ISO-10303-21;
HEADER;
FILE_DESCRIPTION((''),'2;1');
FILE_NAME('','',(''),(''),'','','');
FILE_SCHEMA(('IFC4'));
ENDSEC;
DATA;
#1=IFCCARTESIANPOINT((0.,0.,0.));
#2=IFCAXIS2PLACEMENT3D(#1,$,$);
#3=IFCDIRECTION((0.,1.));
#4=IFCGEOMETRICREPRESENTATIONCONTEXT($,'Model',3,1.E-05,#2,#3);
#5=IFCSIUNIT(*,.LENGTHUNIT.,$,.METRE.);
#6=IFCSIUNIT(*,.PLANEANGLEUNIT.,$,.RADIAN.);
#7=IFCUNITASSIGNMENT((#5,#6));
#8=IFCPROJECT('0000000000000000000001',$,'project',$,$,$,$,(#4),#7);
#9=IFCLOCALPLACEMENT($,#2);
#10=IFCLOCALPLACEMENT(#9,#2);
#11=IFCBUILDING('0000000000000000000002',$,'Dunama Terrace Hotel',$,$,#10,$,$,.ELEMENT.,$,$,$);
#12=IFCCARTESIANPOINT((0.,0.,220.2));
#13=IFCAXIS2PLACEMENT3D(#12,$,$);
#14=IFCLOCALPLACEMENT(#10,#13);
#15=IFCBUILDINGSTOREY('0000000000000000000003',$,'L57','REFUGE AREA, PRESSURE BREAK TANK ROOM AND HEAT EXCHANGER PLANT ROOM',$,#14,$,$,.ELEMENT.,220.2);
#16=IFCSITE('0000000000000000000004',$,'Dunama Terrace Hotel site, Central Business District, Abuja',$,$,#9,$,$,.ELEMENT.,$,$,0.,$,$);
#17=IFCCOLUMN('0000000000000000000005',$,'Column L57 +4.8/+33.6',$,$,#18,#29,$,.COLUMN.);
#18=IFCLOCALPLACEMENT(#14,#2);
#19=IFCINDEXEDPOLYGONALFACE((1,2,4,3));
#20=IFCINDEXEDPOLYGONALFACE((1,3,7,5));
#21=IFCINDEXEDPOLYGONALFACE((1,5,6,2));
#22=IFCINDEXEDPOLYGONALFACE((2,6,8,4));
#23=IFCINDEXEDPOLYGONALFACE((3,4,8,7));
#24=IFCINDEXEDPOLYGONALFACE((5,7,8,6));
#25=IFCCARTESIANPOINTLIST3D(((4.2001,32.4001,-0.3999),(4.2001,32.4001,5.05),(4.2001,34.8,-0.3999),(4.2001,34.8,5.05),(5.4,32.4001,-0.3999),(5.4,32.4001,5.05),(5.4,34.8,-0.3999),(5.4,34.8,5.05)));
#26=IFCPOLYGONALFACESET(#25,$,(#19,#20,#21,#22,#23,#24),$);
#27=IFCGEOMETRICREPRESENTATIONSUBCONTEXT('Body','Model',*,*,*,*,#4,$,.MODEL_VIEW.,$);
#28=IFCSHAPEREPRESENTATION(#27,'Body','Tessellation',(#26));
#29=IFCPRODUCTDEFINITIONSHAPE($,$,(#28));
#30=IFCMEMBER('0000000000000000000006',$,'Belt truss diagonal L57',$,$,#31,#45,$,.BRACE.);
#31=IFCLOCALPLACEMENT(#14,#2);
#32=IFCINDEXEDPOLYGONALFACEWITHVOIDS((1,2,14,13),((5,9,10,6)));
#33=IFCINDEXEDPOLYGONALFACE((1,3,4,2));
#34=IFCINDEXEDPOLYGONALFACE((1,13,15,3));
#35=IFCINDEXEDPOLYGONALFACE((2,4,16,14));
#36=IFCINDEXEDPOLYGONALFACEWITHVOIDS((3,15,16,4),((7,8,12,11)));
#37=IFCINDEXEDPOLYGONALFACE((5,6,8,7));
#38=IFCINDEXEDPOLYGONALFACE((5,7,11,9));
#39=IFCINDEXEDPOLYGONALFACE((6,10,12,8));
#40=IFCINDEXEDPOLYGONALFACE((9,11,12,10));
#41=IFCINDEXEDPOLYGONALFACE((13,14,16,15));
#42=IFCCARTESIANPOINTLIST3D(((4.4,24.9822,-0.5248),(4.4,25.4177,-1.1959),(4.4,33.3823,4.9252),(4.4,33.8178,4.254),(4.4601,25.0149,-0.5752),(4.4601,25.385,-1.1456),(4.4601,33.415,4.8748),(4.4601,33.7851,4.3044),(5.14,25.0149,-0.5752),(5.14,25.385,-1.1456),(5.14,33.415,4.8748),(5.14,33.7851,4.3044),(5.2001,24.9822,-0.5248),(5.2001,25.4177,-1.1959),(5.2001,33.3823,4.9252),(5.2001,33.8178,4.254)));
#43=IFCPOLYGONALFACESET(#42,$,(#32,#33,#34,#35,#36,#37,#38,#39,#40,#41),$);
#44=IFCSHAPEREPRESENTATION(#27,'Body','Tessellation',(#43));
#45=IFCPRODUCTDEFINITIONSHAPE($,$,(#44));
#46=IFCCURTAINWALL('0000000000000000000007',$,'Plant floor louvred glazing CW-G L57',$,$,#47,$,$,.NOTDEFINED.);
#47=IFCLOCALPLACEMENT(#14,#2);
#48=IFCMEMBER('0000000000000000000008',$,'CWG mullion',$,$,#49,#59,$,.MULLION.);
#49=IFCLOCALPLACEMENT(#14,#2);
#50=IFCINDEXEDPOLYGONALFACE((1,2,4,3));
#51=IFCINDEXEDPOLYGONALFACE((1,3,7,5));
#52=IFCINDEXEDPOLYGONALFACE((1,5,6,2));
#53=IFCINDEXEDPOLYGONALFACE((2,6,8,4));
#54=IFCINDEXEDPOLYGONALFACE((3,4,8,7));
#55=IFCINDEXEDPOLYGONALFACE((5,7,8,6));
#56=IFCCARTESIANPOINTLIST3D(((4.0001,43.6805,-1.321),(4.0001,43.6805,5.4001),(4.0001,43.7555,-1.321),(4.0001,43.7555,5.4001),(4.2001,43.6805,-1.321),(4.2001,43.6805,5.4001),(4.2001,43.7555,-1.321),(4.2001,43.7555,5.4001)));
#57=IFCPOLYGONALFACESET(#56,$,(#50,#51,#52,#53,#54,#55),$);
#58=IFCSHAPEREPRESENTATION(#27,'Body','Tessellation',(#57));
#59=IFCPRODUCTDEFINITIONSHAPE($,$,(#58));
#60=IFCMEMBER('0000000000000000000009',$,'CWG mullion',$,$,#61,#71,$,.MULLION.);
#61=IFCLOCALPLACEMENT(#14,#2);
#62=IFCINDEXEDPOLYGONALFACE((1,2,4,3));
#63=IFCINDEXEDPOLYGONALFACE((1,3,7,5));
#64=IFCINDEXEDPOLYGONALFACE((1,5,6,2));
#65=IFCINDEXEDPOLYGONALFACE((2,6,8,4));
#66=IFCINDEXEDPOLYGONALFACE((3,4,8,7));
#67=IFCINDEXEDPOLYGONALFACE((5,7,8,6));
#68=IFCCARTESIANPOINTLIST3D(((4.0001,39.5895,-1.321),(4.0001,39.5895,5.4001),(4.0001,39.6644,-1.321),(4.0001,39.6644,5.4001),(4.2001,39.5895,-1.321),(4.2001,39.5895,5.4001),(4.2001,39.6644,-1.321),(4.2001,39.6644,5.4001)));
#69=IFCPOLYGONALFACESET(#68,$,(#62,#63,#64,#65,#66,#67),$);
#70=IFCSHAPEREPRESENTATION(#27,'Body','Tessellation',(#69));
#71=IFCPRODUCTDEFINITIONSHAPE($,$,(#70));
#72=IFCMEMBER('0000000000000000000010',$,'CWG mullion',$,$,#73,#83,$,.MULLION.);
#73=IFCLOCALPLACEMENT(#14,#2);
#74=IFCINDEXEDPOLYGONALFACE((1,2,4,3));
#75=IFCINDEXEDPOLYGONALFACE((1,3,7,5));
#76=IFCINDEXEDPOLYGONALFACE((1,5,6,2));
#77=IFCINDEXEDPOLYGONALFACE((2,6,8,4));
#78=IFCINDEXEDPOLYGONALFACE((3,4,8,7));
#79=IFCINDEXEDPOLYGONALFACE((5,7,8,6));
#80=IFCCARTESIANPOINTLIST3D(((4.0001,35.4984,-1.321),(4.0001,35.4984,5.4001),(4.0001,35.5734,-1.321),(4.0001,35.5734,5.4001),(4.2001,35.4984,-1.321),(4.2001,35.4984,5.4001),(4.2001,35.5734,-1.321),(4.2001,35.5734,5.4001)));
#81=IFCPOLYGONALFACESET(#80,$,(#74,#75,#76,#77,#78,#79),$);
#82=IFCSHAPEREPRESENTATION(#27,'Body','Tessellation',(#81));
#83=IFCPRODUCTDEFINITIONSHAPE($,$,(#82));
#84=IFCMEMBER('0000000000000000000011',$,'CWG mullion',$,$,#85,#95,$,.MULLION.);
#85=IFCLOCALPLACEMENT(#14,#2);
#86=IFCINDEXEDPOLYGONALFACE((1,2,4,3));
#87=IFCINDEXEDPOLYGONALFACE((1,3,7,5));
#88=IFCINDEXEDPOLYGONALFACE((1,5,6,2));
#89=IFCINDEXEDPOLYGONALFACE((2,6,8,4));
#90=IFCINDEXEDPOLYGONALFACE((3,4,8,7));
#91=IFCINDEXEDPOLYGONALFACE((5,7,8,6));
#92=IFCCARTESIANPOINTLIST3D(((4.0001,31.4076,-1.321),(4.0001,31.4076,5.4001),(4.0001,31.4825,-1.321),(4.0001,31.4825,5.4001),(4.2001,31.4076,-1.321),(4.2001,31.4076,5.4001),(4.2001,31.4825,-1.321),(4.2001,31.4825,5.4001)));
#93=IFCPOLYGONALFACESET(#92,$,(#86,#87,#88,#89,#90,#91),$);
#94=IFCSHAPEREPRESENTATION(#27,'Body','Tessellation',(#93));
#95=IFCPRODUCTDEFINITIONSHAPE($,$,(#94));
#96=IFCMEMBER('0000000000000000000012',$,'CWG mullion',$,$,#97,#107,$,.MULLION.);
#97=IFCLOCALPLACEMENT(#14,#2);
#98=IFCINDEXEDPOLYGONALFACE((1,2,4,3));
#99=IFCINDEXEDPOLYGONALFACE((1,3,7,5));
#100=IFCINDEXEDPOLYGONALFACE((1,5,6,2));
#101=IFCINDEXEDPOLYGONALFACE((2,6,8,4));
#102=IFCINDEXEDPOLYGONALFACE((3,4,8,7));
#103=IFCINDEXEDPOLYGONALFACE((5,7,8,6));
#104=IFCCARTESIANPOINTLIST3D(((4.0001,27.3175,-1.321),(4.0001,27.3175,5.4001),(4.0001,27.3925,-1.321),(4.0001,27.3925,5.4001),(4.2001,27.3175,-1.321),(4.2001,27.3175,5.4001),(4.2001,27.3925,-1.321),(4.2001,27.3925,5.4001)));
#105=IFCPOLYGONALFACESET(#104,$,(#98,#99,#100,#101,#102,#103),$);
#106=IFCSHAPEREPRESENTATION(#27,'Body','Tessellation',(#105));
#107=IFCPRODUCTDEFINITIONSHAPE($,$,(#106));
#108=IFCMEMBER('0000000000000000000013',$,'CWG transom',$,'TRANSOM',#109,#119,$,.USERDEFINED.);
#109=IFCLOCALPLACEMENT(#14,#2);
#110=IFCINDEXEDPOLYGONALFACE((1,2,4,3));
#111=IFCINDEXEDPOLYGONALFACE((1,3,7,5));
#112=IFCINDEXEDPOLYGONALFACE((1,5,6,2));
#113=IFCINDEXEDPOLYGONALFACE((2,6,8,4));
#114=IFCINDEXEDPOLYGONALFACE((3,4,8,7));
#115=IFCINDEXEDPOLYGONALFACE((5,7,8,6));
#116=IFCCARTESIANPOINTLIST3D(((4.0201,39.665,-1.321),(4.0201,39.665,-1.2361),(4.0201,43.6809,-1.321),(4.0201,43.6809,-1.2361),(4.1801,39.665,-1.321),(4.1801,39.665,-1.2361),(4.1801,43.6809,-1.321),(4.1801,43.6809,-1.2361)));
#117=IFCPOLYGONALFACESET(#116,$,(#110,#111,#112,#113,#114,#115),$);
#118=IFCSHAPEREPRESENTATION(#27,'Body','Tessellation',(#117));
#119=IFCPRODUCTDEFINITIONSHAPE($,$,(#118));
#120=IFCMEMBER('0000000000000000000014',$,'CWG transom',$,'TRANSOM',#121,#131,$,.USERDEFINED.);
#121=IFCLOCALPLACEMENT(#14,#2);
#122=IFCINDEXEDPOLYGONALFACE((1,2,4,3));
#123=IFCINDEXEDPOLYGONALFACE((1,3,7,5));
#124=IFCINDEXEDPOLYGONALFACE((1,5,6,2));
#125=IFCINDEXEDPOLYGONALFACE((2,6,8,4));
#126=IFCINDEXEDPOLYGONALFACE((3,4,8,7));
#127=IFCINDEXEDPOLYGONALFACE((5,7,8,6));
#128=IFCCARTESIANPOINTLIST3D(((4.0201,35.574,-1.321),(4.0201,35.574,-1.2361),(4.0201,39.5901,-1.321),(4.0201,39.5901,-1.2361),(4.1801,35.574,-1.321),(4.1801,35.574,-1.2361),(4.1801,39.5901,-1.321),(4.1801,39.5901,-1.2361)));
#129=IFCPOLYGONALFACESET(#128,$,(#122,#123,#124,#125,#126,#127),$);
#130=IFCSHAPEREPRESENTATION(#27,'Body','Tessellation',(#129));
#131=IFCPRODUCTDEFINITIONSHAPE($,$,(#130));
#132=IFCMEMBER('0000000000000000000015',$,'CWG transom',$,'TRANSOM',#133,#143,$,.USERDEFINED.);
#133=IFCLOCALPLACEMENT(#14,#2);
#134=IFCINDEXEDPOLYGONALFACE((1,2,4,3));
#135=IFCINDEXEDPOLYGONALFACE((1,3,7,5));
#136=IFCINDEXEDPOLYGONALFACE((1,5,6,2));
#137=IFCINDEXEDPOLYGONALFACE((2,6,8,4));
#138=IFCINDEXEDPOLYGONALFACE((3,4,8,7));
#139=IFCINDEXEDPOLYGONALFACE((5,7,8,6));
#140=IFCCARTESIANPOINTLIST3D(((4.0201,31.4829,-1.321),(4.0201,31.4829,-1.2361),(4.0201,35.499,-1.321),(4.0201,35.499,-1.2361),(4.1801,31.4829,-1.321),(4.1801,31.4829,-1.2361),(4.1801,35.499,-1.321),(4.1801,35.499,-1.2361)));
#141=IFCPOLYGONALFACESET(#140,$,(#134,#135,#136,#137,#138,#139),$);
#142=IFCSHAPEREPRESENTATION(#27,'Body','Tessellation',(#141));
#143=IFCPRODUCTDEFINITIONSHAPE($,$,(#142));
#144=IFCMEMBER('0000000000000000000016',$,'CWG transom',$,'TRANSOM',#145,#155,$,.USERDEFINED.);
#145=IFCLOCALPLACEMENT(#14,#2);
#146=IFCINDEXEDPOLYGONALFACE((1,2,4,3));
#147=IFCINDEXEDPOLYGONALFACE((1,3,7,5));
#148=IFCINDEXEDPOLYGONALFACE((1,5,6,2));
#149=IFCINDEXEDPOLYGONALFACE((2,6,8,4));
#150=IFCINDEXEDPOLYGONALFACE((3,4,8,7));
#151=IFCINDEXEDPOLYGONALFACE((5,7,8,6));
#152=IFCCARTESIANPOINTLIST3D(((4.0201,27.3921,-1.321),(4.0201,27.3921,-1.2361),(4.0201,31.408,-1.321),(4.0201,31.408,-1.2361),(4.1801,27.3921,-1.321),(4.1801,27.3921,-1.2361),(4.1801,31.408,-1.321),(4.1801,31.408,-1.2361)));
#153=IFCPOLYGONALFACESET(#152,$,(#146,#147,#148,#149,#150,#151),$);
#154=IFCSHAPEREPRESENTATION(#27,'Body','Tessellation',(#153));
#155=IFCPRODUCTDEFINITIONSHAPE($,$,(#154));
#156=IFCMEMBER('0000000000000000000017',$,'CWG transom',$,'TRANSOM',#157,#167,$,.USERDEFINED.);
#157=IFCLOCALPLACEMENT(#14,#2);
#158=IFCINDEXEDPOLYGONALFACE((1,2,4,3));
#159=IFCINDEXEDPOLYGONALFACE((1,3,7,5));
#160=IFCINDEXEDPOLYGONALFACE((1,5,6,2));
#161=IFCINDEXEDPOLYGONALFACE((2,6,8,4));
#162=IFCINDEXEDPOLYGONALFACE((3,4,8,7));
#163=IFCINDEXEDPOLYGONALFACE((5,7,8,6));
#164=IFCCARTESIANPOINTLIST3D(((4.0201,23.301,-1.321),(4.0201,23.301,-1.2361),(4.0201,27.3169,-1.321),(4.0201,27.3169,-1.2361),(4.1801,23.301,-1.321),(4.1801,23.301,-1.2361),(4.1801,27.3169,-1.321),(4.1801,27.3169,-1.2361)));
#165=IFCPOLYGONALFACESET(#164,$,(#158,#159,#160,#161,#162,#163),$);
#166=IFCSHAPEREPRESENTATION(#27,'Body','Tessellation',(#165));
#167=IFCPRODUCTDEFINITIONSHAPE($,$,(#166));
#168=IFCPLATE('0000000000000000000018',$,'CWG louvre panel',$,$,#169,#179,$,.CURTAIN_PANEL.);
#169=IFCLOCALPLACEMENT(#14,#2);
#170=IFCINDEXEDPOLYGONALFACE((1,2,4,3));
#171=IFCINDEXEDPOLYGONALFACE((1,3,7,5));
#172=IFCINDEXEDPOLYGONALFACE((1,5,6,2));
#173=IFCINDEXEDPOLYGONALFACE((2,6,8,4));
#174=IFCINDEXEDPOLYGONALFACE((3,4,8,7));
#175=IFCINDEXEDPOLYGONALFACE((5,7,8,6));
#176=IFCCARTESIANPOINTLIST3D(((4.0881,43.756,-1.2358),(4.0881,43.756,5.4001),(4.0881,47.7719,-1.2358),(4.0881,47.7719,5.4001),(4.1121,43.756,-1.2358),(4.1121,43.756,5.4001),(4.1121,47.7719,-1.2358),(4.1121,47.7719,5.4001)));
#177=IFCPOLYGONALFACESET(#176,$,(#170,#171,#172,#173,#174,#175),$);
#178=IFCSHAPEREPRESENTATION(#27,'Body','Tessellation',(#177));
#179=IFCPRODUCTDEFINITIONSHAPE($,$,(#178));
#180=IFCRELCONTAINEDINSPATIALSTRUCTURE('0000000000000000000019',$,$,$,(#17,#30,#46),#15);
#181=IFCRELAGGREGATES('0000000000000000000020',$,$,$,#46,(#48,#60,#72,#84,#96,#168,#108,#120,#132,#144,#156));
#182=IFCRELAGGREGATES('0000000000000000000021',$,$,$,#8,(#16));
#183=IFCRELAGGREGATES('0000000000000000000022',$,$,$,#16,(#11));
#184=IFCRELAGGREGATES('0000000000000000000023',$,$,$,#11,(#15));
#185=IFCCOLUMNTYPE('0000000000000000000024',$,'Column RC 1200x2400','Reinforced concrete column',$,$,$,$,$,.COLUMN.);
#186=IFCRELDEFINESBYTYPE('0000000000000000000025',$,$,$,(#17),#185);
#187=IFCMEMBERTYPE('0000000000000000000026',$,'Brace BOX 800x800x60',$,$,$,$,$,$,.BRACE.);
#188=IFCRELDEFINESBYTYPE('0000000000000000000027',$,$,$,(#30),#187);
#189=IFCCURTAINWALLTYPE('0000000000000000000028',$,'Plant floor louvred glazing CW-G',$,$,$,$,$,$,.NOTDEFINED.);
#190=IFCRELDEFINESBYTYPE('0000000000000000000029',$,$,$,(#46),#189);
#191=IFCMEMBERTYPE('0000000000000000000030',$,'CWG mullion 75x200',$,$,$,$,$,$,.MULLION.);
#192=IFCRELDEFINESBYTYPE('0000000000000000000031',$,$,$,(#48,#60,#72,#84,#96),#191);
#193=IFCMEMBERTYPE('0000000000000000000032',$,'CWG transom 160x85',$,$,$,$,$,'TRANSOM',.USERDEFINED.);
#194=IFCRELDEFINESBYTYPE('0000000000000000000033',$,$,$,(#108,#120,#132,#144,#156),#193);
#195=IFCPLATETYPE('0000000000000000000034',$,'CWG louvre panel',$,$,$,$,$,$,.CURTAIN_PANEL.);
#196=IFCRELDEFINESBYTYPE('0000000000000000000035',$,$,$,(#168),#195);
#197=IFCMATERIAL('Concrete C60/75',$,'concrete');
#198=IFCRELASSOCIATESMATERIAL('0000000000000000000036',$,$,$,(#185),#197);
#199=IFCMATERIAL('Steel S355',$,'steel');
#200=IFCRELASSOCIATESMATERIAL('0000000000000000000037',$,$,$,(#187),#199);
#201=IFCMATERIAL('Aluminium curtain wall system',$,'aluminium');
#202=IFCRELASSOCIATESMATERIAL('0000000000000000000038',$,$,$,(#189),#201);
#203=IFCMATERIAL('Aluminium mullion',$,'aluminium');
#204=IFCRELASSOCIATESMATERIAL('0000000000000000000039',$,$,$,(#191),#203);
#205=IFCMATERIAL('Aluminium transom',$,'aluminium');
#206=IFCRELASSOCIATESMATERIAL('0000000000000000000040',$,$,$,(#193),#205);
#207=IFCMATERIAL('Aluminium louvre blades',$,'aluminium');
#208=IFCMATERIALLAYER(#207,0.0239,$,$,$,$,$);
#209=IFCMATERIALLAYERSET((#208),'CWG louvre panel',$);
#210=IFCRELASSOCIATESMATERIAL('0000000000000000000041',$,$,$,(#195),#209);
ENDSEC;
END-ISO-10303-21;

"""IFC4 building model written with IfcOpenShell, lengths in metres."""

from ifc_helpers import new_model, si_unit, direction, frame, origin, origin_2d, place, context, subcontext, project, spatial, rectangle, hollow_rectangle, extrude, material, layer, layer_set, material_profile, profile_set, type_object, element, aggregate, save


model = new_model("IFC4")

# Units and contexts
model_context = context("Model", 3, precision=1e-05, world=origin(), true_north=direction((0.0, 1.0)))
body_context = subcontext(model_context, "Body", "Model", "MODEL_VIEW")
ifc_project = project(units=[si_unit("LENGTHUNIT", "METRE"), si_unit("PLANEANGLEUNIT", "RADIAN")], contexts=[model_context])

# Site, building, storey
site_placement = place(None, origin())
site = spatial("IfcSite", under=ifc_project, at=site_placement, Name="Dunama Terrace Hotel site, Central Business District, Abuja", CompositionType="ELEMENT", RefElevation=0.0)
building_placement = place(site_placement, origin())
building = spatial("IfcBuilding", under=site, at=building_placement, Name="Dunama Terrace Hotel", CompositionType="ELEMENT")
storey_placement = place(building_placement, frame((0.0, 0.0, 220.2)))
storey = spatial("IfcBuildingStorey", under=building, at=storey_placement, Name="L57", Description="REFUGE AREA, PRESSURE BREAK TANK ROOM AND HEAT EXCHANGER PLANT ROOM", CompositionType="ELEMENT", Elevation=220.2)

# Column
ifc_material_1 = material(Name="Concrete C60/75", Category="concrete")
ifc_material_profile_1 = material_profile(ifc_material_1, rectangle(XDim=1.2, YDim=2.3999, at=origin_2d()), Name="RC 1200x2400")
ifc_profile_set_1 = profile_set([ifc_material_profile_1], Name="Concrete C60/75")
column_type = type_object("IfcColumnType", Name="Column RC 1200x2400", Description="Reinforced concrete column", PredefinedType="COLUMN", material=ifc_profile_set_1)
column_placement = place(storey_placement, frame((4.8, 33.6001, -0.3999), z_axis=(0.0, 0.0, 1.0), x_axis=(1.0, 0.0, 0.0)))
element("IfcColumn", 1, at=column_placement, inside=storey, type_object=column_type, Name="Column L57 +4.8/+33.6", PredefinedType="COLUMN", context=body_context, shape_type="SweptSolid", body=[
    extrude(rectangle(XDim=1.2, YDim=2.3999, at=origin_2d()), origin(), (0.0, 0.0, 1.0), 5.45),
])

# Member
ifc_material_2 = material(Name="Steel S355", Category="steel")
ifc_material_profile_2 = material_profile(ifc_material_2, hollow_rectangle(XDim=0.8, YDim=0.8, WallThickness=0.0601, at=origin_2d()), Name="BOX 800x800x60")
ifc_profile_set_2 = profile_set([ifc_material_profile_2], Name="Steel S355")
member_type_1 = type_object("IfcMemberType", Name="Brace BOX 800x800x60", PredefinedType="BRACE", material=ifc_profile_set_2)
member_1_placement = place(storey_placement, frame((4.8, 25.2, -0.8604), z_axis=(0.0, 0.838906, 0.544276), x_axis=(-1.0, 0.0, 0.0)))
element("IfcMember", 2, at=member_1_placement, inside=storey, type_object=member_type_1, Name="Belt truss diagonal L57", PredefinedType="BRACE", context=body_context, shape_type="SweptSolid", body=[
    extrude(hollow_rectangle(XDim=0.8, YDim=0.8, WallThickness=0.0601, at=origin_2d()), origin(), (0.0, 0.0, 1.0), 10.0132),
])

# Curtain wall, members, plate
ifc_material_3 = material(Name="Aluminium curtain wall system", Category="aluminium")
curtain_wall_type = type_object("IfcCurtainWallType", Name="Plant floor louvred glazing CW-G", PredefinedType="NOTDEFINED", material=ifc_material_3)
curtain_wall_placement = place(storey_placement, origin())
curtain_wall = element("IfcCurtainWall", 3, at=curtain_wall_placement, inside=storey, type_object=curtain_wall_type, Name="Plant floor louvred glazing CW-G L57", PredefinedType="NOTDEFINED")
ifc_material_4 = material(Name="Aluminium mullion", Category="aluminium")
ifc_material_profile_3 = material_profile(ifc_material_4, rectangle(XDim=0.075, YDim=0.2, at=origin_2d()), Name="CWG MULLION 75X200")
ifc_profile_set_3 = profile_set([ifc_material_profile_3], Name="Aluminium mullion")
member_type_2 = type_object("IfcMemberType", Name="CWG mullion 75x200", PredefinedType="MULLION", material=ifc_profile_set_3)
member_2_placement = place(storey_placement, frame((4.1001, 43.718, -1.321), z_axis=(0.0, 0.0, 1.0), x_axis=(0.0, -1.0, 0.0)))
member_2 = element("IfcMember", 4, at=member_2_placement, type_object=member_type_2, Name="CWG mullion", PredefinedType="MULLION", context=body_context, shape_type="SweptSolid", body=[
    extrude(rectangle(XDim=0.075, YDim=0.2, at=origin_2d()), origin(), (0.0, 0.0, 1.0), 6.7212),
])
member_3_placement = place(storey_placement, frame((4.1001, 39.627, -1.321), z_axis=(0.0, 0.0, 1.0), x_axis=(0.0, -1.0, 0.0)))
member_3 = element("IfcMember", 5, at=member_3_placement, type_object=member_type_2, Name="CWG mullion", PredefinedType="MULLION", context=body_context, shape_type="SweptSolid", body=[
    extrude(rectangle(XDim=0.075, YDim=0.2, at=origin_2d()), origin(), (0.0, 0.0, 1.0), 6.7212),
])
member_4_placement = place(storey_placement, frame((4.1001, 35.5359, -1.321), z_axis=(0.0, 0.0, 1.0), x_axis=(0.0, -1.0, 0.0)))
member_4 = element("IfcMember", 6, at=member_4_placement, type_object=member_type_2, Name="CWG mullion", PredefinedType="MULLION", context=body_context, shape_type="SweptSolid", body=[
    extrude(rectangle(XDim=0.075, YDim=0.2, at=origin_2d()), origin(), (0.0, 0.0, 1.0), 6.7212),
])
member_5_placement = place(storey_placement, frame((4.1001, 31.4451, -1.321), z_axis=(0.0, 0.0, 1.0), x_axis=(0.0, -1.0, 0.0)))
member_5 = element("IfcMember", 7, at=member_5_placement, type_object=member_type_2, Name="CWG mullion", PredefinedType="MULLION", context=body_context, shape_type="SweptSolid", body=[
    extrude(rectangle(XDim=0.075, YDim=0.2, at=origin_2d()), origin(), (0.0, 0.0, 1.0), 6.7212),
])
member_6_placement = place(storey_placement, frame((4.1001, 27.355, -1.321), z_axis=(0.0, 0.0, 1.0), x_axis=(0.0, -1.0, 0.0)))
member_6 = element("IfcMember", 8, at=member_6_placement, type_object=member_type_2, Name="CWG mullion", PredefinedType="MULLION", context=body_context, shape_type="SweptSolid", body=[
    extrude(rectangle(XDim=0.075, YDim=0.2, at=origin_2d()), origin(), (0.0, 0.0, 1.0), 6.7212),
])
ifc_material_5 = material(Name="Aluminium transom", Category="aluminium")
ifc_material_profile_4 = material_profile(ifc_material_5, rectangle(XDim=0.1599, YDim=0.085, at=origin_2d()), Name="CWG TRANSOM 160X85")
ifc_profile_set_4 = profile_set([ifc_material_profile_4], Name="Aluminium transom")
member_type_3 = type_object("IfcMemberType", Name="CWG transom 160x85", ElementType="TRANSOM", PredefinedType="USERDEFINED", material=ifc_profile_set_4)
member_7_placement = place(storey_placement, frame((4.1001, 43.6809, -1.2786), z_axis=(0.0, -1.0, 0.0), x_axis=(1.0, 0.0, 0.0)))
member_7 = element("IfcMember", 9, at=member_7_placement, type_object=member_type_3, Name="CWG transom", ObjectType="TRANSOM", PredefinedType="USERDEFINED", context=body_context, shape_type="SweptSolid", body=[
    extrude(rectangle(XDim=0.1599, YDim=0.085, at=origin_2d()), origin(), (0.0, 0.0, 1.0), 4.0159),
])
member_8_placement = place(storey_placement, frame((4.1001, 39.5901, -1.2786), z_axis=(0.0, -1.0, 0.0), x_axis=(1.0, 0.0, 0.0)))
member_8 = element("IfcMember", 10, at=member_8_placement, type_object=member_type_3, Name="CWG transom", ObjectType="TRANSOM", PredefinedType="USERDEFINED", context=body_context, shape_type="SweptSolid", body=[
    extrude(rectangle(XDim=0.1599, YDim=0.085, at=origin_2d()), origin(), (0.0, 0.0, 1.0), 4.0161),
])
member_9_placement = place(storey_placement, frame((4.1001, 35.499, -1.2786), z_axis=(0.0, -1.0, 0.0), x_axis=(1.0, 0.0, 0.0)))
member_9 = element("IfcMember", 11, at=member_9_placement, type_object=member_type_3, Name="CWG transom", ObjectType="TRANSOM", PredefinedType="USERDEFINED", context=body_context, shape_type="SweptSolid", body=[
    extrude(rectangle(XDim=0.1599, YDim=0.085, at=origin_2d()), origin(), (0.0, 0.0, 1.0), 4.0161),
])
member_10_placement = place(storey_placement, frame((4.1001, 31.408, -1.2786), z_axis=(0.0, -1.0, 0.0), x_axis=(1.0, 0.0, 0.0)))
member_10 = element("IfcMember", 12, at=member_10_placement, type_object=member_type_3, Name="CWG transom", ObjectType="TRANSOM", PredefinedType="USERDEFINED", context=body_context, shape_type="SweptSolid", body=[
    extrude(rectangle(XDim=0.1599, YDim=0.085, at=origin_2d()), origin(), (0.0, 0.0, 1.0), 4.0159),
])
member_11_placement = place(storey_placement, frame((4.1001, 27.3169, -1.2786), z_axis=(0.0, -1.0, 0.0), x_axis=(1.0, 0.0, 0.0)))
member_11 = element("IfcMember", 13, at=member_11_placement, type_object=member_type_3, Name="CWG transom", ObjectType="TRANSOM", PredefinedType="USERDEFINED", context=body_context, shape_type="SweptSolid", body=[
    extrude(rectangle(XDim=0.1599, YDim=0.085, at=origin_2d()), origin(), (0.0, 0.0, 1.0), 4.0159),
])
ifc_material_6 = material(Name="Aluminium louvre blades", Category="aluminium")
ifc_layer = layer(ifc_material_6, 0.0239)
ifc_layer_set = layer_set([ifc_layer], Name="CWG louvre panel")
plate_type = type_object("IfcPlateType", Name="CWG louvre panel", PredefinedType="CURTAIN_PANEL", material=ifc_layer_set)
plate_1_placement = place(storey_placement, frame((4.1001, 45.7639, -1.2358), z_axis=(0.0, 0.0, 1.0), x_axis=(0.0, -1.0, 0.0)))
plate_1 = element("IfcPlate", 14, at=plate_1_placement, type_object=plate_type, Name="CWG louvre panel", PredefinedType="CURTAIN_PANEL", context=body_context, shape_type="SweptSolid", body=[
    extrude(rectangle(XDim=4.0159, YDim=0.0239, at=origin_2d()), origin(), (0.0, 0.0, 1.0), 6.636),
])
aggregate(curtain_wall, [member_2, member_3, member_4, member_5, member_6, plate_1, member_7, member_8, member_9, member_10, member_11])

save(model, "model.ifc")
